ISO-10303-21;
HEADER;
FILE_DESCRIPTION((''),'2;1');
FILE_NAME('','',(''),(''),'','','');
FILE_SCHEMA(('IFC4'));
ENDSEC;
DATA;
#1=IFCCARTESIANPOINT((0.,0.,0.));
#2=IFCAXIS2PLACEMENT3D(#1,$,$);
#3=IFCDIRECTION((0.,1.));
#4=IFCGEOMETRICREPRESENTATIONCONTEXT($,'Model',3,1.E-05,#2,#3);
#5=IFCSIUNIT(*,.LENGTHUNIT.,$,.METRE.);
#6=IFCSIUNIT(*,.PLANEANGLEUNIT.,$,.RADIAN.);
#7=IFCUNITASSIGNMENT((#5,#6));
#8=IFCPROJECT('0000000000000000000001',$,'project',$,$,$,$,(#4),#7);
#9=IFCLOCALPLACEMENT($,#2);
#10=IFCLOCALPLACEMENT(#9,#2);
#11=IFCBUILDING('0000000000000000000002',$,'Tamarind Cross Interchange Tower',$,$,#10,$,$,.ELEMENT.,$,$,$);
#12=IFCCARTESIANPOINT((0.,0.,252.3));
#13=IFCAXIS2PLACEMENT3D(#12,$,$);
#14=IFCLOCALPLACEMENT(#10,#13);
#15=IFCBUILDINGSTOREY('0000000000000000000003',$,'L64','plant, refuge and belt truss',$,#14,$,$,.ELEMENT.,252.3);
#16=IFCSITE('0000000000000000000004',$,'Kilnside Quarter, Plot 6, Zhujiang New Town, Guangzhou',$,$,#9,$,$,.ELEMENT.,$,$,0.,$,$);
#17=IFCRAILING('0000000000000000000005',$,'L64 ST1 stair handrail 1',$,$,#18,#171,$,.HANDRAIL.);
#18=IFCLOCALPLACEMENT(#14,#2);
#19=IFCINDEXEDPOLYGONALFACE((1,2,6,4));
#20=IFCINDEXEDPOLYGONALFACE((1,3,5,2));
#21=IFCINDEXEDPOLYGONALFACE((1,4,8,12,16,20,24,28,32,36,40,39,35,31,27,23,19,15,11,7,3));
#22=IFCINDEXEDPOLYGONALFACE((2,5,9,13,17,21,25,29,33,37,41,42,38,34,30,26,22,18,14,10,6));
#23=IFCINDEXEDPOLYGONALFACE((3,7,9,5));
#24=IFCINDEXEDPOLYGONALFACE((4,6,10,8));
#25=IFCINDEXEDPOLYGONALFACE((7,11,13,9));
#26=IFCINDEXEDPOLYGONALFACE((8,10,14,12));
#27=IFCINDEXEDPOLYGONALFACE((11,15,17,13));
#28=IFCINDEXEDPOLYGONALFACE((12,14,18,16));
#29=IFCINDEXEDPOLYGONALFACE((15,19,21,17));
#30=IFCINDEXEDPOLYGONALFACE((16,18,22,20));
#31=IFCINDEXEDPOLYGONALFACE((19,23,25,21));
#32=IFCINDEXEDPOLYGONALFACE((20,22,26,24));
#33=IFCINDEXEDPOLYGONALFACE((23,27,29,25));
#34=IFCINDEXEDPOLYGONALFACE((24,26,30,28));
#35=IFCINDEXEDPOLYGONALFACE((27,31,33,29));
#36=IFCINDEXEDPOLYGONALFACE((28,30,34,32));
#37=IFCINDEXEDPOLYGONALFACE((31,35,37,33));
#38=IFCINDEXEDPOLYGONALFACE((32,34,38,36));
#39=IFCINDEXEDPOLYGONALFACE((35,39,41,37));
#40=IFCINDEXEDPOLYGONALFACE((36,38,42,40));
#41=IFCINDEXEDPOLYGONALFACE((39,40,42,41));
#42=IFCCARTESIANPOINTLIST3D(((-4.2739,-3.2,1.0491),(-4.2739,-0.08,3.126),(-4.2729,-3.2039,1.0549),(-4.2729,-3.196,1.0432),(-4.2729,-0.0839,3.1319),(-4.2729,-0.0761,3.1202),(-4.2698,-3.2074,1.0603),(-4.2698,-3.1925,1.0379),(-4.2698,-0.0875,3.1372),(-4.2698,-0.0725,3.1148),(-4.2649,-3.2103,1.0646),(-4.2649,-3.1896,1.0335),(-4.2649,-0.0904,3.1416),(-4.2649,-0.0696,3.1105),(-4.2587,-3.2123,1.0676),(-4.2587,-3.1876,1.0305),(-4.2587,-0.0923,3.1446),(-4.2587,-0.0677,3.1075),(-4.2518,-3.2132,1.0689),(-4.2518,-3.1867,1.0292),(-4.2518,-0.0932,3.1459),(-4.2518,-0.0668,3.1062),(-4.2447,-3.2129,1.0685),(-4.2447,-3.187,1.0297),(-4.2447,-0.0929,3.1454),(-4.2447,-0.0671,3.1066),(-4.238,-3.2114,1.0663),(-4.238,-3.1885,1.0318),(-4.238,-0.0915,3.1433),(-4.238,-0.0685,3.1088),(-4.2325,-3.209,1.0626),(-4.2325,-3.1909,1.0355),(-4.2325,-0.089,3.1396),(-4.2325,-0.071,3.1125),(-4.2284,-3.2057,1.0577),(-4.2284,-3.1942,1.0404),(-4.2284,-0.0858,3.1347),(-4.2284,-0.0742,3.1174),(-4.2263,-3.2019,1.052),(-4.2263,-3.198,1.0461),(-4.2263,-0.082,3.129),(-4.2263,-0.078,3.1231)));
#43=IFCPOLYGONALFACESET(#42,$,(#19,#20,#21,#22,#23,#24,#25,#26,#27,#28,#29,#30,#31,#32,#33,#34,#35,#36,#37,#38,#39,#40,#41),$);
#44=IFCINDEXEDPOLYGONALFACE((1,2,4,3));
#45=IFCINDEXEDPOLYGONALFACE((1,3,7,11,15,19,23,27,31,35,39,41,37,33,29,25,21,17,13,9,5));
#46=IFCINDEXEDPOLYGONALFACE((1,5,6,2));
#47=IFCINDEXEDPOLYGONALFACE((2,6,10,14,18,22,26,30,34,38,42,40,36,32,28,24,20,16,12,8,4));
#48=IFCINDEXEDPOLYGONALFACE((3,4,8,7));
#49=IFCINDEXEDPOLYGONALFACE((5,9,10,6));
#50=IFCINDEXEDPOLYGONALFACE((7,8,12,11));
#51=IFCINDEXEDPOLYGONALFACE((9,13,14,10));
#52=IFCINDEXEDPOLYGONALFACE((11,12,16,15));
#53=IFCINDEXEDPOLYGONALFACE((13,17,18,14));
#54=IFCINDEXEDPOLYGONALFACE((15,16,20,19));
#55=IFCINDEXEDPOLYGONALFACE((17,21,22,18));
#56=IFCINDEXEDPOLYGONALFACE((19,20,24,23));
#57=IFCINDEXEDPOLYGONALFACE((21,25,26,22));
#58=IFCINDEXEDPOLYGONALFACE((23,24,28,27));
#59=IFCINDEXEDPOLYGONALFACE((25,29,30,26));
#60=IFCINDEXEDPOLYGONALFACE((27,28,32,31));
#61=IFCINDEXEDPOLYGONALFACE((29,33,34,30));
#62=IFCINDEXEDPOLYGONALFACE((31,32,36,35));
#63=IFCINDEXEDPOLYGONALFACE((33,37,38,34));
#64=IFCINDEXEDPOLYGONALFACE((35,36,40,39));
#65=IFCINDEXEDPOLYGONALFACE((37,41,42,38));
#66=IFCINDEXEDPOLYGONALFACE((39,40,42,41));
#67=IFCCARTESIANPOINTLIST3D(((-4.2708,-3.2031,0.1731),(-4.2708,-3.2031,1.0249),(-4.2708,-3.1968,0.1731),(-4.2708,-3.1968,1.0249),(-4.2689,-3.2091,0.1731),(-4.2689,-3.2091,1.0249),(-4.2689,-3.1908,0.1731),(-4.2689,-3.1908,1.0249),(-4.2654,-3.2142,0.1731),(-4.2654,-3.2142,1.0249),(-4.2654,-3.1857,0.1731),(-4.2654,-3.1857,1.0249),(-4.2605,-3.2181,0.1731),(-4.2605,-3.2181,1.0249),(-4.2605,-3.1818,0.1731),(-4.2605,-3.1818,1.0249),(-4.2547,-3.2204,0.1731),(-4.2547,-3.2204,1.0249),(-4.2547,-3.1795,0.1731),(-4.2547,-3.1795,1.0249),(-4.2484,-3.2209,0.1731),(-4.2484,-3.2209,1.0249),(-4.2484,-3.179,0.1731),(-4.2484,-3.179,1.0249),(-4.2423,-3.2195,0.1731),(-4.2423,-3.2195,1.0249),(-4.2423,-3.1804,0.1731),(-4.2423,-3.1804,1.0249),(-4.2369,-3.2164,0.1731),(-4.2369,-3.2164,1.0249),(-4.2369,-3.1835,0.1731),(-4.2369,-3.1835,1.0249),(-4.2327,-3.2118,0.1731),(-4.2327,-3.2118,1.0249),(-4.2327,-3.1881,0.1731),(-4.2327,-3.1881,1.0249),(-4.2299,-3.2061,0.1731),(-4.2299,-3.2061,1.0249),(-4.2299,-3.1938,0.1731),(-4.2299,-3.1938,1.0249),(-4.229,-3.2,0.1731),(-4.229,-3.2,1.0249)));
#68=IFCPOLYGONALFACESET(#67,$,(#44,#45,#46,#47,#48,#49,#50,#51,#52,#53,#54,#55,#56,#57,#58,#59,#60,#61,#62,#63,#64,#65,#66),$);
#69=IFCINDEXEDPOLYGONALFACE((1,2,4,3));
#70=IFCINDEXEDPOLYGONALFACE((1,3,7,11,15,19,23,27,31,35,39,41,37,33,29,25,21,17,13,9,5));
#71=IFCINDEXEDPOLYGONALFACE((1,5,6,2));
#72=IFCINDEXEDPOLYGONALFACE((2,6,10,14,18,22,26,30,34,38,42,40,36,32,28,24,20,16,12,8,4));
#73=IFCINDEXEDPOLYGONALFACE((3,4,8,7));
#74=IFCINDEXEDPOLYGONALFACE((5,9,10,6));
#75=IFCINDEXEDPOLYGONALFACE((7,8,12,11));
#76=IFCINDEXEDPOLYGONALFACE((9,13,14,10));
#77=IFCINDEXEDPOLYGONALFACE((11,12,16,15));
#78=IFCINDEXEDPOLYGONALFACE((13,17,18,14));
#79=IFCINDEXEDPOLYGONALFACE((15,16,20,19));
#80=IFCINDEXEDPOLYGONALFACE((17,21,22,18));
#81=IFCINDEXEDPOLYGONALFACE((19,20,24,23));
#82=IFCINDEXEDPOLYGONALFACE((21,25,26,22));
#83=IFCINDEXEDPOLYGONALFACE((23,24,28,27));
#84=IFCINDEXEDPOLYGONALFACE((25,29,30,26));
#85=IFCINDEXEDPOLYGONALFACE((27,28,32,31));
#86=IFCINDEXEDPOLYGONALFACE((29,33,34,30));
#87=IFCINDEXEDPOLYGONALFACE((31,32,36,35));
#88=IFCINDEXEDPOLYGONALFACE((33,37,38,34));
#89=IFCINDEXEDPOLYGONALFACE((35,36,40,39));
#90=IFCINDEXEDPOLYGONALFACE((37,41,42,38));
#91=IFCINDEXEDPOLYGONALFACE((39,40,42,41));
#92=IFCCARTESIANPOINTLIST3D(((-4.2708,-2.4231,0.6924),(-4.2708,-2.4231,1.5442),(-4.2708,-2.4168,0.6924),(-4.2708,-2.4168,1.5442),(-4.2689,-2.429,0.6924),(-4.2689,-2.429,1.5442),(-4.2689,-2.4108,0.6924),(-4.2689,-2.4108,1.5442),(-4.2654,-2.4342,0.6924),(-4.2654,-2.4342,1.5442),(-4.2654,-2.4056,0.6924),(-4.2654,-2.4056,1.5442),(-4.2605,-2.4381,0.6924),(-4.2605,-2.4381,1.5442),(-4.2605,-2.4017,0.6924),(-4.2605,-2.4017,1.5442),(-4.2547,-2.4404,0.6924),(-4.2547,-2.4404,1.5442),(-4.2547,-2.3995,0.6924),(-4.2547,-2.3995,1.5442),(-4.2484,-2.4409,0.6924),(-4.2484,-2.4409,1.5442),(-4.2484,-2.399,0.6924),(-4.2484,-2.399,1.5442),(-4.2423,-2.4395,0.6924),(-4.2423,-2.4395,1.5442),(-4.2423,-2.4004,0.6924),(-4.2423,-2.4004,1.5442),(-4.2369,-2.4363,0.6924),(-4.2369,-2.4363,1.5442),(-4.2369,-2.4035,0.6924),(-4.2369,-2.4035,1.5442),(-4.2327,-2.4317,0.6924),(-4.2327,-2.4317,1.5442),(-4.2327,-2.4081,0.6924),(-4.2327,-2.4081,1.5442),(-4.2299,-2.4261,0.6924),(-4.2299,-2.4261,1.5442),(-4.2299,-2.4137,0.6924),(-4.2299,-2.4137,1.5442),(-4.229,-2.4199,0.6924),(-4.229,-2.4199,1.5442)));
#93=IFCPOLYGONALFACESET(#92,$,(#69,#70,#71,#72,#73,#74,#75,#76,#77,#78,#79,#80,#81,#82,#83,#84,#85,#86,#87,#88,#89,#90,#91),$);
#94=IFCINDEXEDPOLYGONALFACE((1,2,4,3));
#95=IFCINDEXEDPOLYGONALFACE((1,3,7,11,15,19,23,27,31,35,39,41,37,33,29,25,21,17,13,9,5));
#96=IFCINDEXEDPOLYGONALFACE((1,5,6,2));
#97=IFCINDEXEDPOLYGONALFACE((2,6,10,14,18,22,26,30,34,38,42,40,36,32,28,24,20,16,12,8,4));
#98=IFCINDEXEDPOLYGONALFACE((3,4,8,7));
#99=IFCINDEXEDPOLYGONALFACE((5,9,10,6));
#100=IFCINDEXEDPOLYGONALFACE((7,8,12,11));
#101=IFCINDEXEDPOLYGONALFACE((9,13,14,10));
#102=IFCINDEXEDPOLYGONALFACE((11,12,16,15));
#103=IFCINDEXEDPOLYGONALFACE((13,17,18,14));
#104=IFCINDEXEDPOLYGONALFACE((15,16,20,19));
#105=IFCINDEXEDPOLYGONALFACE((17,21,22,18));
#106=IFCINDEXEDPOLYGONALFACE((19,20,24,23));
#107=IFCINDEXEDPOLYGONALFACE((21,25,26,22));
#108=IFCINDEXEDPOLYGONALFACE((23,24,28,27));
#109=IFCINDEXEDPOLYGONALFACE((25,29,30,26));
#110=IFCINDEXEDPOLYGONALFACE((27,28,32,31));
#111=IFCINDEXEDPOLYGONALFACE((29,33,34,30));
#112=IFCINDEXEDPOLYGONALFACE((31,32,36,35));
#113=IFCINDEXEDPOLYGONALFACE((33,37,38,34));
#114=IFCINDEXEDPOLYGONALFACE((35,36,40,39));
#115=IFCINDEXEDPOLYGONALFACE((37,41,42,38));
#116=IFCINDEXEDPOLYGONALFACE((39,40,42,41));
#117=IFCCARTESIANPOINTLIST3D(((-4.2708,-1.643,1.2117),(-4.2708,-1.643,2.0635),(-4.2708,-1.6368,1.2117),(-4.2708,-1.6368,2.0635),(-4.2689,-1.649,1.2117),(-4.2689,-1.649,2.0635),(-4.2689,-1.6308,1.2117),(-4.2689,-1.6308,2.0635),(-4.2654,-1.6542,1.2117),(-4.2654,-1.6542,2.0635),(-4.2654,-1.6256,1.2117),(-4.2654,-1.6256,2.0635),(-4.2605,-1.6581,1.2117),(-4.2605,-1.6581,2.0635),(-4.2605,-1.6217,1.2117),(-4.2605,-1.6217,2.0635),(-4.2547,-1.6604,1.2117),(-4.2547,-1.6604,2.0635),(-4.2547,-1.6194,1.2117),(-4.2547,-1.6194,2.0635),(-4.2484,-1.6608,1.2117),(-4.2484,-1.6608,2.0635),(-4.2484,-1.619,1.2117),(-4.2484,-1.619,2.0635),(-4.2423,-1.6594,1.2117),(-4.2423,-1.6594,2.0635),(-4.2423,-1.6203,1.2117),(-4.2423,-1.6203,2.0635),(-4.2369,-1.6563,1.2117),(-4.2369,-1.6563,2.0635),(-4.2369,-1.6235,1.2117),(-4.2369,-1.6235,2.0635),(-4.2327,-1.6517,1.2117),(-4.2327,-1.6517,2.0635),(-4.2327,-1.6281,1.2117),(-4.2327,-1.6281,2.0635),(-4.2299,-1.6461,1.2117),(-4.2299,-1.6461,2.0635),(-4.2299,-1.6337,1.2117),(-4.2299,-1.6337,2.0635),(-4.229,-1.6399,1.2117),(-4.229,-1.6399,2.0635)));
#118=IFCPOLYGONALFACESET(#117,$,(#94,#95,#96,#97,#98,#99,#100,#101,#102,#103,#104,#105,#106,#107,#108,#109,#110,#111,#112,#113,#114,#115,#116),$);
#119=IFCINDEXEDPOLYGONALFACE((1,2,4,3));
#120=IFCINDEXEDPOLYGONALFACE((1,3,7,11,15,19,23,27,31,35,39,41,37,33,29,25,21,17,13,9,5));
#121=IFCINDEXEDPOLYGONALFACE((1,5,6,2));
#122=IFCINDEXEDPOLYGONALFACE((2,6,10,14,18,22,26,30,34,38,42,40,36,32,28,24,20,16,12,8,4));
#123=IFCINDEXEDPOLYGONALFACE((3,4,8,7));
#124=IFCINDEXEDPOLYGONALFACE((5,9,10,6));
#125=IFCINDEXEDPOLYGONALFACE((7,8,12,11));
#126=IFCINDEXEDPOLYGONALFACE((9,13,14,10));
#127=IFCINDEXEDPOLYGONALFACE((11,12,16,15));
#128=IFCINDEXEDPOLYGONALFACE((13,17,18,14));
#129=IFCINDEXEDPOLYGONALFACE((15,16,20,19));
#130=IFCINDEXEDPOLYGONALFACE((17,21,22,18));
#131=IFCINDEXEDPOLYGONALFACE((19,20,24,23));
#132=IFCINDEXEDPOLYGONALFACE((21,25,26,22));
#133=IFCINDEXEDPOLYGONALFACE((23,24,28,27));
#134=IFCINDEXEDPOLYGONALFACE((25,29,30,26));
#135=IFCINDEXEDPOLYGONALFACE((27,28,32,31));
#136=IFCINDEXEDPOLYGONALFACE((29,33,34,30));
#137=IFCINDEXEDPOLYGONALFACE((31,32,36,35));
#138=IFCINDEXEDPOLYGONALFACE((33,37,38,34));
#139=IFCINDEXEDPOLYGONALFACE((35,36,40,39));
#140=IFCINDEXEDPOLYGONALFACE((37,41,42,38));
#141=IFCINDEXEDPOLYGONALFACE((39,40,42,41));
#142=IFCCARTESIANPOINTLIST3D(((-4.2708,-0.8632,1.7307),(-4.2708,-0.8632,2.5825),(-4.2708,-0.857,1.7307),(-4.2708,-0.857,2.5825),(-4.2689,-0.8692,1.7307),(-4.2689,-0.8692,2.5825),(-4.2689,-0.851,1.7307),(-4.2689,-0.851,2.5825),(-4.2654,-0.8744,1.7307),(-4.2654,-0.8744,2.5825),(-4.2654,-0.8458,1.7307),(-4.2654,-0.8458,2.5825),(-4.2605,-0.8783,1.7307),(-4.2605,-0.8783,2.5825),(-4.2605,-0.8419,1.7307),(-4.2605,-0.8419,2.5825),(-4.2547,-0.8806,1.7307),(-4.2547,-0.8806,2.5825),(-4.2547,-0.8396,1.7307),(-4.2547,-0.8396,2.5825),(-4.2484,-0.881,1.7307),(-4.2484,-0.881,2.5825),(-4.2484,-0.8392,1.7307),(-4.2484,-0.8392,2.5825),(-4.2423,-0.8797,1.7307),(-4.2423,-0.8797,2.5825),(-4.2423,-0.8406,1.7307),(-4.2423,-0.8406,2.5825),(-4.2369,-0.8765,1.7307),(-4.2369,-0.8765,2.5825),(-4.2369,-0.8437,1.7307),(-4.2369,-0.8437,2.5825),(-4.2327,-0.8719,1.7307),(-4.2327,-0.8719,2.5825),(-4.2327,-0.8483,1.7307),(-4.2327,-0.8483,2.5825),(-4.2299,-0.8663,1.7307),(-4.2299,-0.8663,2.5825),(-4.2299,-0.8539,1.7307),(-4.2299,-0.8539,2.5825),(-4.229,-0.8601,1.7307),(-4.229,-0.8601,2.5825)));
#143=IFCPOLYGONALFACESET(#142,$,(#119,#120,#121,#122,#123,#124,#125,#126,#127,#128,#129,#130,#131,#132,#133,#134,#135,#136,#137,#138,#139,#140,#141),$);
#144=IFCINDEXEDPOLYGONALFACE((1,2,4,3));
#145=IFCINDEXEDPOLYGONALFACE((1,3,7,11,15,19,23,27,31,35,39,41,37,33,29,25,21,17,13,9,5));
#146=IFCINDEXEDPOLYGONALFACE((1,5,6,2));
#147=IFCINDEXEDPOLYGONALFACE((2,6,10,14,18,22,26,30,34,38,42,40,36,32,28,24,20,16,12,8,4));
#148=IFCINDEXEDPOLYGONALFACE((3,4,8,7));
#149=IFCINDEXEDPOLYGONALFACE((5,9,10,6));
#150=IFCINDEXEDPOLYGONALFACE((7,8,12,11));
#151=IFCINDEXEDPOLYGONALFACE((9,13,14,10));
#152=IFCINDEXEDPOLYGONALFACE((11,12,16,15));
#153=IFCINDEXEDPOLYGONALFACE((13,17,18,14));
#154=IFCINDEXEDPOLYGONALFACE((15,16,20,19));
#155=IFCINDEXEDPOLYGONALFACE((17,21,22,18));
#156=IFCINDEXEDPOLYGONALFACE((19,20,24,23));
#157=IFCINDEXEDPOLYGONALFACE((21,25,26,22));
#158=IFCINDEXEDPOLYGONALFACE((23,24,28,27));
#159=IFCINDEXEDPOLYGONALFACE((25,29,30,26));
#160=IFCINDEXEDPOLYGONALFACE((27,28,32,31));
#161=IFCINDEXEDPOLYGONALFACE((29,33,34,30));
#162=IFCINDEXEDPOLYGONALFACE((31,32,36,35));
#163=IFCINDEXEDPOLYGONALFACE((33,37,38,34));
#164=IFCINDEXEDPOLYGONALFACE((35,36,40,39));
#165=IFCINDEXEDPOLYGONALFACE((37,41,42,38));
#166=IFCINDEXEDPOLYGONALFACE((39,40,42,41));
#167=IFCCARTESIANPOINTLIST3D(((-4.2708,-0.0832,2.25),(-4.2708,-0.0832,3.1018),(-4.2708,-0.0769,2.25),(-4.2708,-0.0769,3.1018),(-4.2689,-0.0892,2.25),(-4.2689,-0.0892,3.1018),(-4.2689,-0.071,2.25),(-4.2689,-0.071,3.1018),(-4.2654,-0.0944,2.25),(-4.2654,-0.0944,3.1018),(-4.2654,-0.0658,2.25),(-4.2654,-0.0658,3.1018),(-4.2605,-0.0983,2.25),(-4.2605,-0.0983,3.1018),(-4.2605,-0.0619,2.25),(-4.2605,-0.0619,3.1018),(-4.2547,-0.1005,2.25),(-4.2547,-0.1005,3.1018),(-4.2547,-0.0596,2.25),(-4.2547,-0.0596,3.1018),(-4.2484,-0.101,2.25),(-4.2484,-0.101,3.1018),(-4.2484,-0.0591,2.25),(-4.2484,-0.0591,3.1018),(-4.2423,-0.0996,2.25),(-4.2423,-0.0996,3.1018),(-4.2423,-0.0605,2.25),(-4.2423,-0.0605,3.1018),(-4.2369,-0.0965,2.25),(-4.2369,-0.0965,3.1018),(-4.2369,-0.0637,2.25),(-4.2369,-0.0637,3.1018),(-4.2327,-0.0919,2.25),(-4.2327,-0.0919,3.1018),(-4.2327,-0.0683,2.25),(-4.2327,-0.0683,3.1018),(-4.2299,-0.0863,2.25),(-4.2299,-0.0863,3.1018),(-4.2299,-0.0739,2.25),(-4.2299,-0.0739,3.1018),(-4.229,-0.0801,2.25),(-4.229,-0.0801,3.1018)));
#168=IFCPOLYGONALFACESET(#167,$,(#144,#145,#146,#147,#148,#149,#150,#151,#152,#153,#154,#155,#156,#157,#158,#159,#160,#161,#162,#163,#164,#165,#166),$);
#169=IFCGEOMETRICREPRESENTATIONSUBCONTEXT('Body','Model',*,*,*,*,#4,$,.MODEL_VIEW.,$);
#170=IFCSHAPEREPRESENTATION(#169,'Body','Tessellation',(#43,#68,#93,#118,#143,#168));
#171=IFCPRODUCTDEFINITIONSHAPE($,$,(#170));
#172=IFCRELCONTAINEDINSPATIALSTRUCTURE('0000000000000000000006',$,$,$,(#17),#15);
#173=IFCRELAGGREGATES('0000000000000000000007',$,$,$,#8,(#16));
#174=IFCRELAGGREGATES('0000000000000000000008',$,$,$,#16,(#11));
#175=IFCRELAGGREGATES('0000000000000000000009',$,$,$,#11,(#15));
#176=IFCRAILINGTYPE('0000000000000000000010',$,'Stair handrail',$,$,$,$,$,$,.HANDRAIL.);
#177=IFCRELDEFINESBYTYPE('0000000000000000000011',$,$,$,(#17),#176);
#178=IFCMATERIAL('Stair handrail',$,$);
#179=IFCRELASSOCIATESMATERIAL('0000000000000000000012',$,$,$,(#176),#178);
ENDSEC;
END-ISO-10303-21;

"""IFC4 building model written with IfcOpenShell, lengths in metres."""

from ifc_helpers import new_model, si_unit, direction, frame, origin, origin_2d, place, context, subcontext, project, spatial, circle, extrude, material, type_object, element, save


model = new_model("IFC4")

# Units and contexts
model_context = context("Model", 3, precision=1e-05, world=origin(), true_north=direction((0.0, 1.0)))
body_context = subcontext(model_context, "Body", "Model", "MODEL_VIEW")
ifc_project = project(units=[si_unit("LENGTHUNIT", "METRE"), si_unit("PLANEANGLEUNIT", "RADIAN")], contexts=[model_context])

# Site, building, storey
site_placement = place(None, origin())
site = spatial("IfcSite", under=ifc_project, at=site_placement, Name="Kilnside Quarter, Plot 6, Zhujiang New Town, Guangzhou", CompositionType="ELEMENT", RefElevation=0.0)
building_placement = place(site_placement, origin())
building = spatial("IfcBuilding", under=site, at=building_placement, Name="Tamarind Cross Interchange Tower", CompositionType="ELEMENT")
storey_placement = place(building_placement, frame((0.0, 0.0, 252.3)))
storey = spatial("IfcBuildingStorey", under=building, at=storey_placement, Name="L64", Description="plant, refuge and belt truss", CompositionType="ELEMENT", Elevation=252.3)

# Railing
ifc_material_1 = material(Name="Stair handrail")
railing_type_1 = type_object("IfcRailingType", Name="Stair handrail", PredefinedType="HANDRAIL", material=ifc_material_1)
railing_1_placement = place(storey_placement, frame((-4.25, -3.2, 0.1731)))
element("IfcRailing", 1, at=railing_1_placement, inside=storey, type_object=railing_type_1, Name="L64 ST1 stair handrail 1", PredefinedType="HANDRAIL", context=body_context, shape_type="SweptSolid", body=[
    extrude(circle(Radius=0.0239, at=origin_2d()), frame((0.0, 0.0, 0.876), z_axis=(0.0, 0.832421, 0.554144), x_axis=(-1.0, 0.0, 0.0)), (0.0, 0.0, 1.0), 3.748),
    extrude(circle(Radius=0.021, at=origin_2d()), origin(), (0.0, 0.0, 1.0), 0.8518),
    extrude(circle(Radius=0.021, at=origin_2d()), frame((0.0, 0.78, 0.5193)), (0.0, 0.0, 1.0), 0.8518),
    extrude(circle(Radius=0.021, at=origin_2d()), frame((0.0, 1.5601, 1.0386)), (0.0, 0.0, 1.0), 0.8518),
    extrude(circle(Radius=0.021, at=origin_2d()), frame((0.0, 2.3398, 1.5576)), (0.0, 0.0, 1.0), 0.8518),
    extrude(circle(Radius=0.021, at=origin_2d()), frame((0.0, 3.1199, 2.0769)), (0.0, 0.0, 1.0), 0.8518),
])

save(model, "model.ifc")
